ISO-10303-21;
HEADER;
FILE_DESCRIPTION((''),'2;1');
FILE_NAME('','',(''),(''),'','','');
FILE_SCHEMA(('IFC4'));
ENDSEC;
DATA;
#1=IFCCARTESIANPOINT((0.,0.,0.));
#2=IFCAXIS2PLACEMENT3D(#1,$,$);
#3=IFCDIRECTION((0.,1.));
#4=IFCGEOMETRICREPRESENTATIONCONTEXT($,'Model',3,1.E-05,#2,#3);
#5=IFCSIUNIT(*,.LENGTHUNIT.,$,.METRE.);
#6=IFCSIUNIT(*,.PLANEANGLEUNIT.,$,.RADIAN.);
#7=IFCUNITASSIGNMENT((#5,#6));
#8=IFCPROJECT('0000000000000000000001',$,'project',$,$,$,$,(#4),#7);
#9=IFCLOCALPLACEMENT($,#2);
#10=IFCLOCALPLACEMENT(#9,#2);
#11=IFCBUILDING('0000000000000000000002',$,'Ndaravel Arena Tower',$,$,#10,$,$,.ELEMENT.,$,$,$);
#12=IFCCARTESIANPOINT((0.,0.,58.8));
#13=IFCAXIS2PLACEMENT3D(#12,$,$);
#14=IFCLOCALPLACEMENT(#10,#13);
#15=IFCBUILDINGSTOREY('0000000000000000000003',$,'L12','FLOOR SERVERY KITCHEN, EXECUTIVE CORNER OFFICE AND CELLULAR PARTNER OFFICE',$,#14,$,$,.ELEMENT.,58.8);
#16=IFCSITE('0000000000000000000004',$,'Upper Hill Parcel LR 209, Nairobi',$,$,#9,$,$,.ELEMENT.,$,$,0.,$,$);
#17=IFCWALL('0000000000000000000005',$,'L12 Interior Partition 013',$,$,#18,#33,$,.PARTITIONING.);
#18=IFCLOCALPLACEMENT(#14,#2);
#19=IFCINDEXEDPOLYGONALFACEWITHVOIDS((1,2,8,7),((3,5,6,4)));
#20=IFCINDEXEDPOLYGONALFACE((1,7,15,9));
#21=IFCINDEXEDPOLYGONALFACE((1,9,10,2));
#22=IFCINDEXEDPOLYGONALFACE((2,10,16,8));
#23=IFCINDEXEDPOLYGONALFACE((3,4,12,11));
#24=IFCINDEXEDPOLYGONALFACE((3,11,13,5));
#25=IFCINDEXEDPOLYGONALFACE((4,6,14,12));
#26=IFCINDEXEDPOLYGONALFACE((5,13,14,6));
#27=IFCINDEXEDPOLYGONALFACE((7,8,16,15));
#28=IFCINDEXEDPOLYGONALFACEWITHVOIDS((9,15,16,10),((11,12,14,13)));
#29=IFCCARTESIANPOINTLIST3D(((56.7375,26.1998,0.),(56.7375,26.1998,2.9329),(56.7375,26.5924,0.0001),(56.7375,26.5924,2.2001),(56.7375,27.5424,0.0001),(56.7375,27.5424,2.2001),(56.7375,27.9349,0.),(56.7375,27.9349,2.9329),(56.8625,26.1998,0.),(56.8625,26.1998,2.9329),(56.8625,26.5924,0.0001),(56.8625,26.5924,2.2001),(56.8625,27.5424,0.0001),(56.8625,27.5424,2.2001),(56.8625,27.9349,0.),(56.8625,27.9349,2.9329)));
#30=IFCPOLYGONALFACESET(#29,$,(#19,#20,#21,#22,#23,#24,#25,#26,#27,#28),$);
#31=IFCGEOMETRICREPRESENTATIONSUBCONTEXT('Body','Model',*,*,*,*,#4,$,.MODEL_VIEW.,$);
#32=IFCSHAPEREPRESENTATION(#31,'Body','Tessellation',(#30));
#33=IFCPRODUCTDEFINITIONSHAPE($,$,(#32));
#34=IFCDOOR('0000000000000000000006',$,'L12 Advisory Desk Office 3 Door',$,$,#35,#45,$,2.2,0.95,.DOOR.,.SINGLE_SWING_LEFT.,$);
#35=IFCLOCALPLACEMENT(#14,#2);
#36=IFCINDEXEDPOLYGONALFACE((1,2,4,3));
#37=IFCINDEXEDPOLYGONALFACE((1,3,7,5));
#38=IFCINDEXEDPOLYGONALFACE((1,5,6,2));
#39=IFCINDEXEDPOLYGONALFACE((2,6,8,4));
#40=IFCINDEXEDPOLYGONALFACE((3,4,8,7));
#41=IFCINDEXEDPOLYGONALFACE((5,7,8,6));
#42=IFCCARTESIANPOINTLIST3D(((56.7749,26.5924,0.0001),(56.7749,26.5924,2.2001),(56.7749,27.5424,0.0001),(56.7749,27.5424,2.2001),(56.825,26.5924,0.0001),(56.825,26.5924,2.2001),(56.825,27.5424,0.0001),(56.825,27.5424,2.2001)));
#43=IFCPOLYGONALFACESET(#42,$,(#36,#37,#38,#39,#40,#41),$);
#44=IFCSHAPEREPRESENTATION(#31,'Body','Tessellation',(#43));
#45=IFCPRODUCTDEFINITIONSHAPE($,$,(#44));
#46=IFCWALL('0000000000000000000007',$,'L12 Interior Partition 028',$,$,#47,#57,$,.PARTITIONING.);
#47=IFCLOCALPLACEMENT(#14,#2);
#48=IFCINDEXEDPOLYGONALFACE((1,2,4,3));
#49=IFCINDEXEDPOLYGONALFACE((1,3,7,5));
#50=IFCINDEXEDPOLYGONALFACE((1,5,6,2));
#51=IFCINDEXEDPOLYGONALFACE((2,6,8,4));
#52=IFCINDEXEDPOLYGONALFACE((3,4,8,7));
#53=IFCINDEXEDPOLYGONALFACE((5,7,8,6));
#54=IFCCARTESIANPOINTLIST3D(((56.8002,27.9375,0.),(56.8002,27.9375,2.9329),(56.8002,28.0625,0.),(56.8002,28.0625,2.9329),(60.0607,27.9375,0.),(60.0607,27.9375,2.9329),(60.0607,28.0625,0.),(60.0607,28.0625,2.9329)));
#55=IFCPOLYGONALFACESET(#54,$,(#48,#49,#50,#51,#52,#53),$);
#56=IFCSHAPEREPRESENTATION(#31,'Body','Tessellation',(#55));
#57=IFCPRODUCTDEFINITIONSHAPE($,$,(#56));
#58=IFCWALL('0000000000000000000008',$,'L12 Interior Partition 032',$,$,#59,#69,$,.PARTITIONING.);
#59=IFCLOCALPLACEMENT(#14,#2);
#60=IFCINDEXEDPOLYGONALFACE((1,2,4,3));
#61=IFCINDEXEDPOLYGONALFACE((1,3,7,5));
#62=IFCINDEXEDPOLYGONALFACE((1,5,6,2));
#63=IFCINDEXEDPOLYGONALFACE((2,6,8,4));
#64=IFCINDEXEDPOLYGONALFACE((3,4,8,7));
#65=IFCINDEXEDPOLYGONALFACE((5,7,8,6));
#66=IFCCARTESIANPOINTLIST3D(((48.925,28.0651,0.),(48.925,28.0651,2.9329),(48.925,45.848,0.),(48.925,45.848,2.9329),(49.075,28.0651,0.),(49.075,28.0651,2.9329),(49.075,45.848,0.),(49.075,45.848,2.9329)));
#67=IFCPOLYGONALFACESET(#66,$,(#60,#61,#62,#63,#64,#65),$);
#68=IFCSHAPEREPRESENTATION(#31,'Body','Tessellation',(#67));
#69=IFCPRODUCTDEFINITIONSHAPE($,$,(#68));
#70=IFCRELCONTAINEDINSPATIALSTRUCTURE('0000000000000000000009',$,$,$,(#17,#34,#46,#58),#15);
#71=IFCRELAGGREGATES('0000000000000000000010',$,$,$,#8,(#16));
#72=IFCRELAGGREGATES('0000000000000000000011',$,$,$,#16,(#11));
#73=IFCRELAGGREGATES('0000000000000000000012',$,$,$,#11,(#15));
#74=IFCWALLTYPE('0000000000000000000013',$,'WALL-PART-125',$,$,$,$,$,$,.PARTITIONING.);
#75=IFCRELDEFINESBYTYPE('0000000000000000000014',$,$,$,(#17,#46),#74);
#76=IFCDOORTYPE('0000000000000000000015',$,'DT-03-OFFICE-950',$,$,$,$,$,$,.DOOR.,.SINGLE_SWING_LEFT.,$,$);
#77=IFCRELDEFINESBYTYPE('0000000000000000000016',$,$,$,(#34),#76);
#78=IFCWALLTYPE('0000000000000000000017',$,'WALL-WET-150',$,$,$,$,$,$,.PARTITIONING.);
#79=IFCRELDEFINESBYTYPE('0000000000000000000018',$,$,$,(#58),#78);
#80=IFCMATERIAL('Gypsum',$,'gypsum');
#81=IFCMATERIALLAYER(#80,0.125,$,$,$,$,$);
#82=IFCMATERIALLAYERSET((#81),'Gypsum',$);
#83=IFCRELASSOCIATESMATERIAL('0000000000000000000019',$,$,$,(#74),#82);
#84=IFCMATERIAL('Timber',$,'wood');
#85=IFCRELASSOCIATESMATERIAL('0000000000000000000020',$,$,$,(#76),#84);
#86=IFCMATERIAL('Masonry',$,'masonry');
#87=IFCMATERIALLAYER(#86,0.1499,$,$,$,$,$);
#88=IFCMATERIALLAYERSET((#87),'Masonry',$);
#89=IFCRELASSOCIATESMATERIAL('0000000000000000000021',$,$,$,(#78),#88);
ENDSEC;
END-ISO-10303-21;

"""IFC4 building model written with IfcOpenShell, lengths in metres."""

from ifc_helpers import new_model, si_unit, direction, frame, frame_2d, origin, place, context, subcontext, project, spatial, rectangle, extrude, material, layer, layer_set, type_object, element, fill, save


model = new_model("IFC4")

# Units and contexts
model_context = context("Model", 3, precision=1e-05, world=origin(), true_north=direction((0.0, 1.0)))
body_context = subcontext(model_context, "Body", "Model", "MODEL_VIEW")
ifc_project = project(units=[si_unit("LENGTHUNIT", "METRE"), si_unit("PLANEANGLEUNIT", "RADIAN")], contexts=[model_context])

# Site, building, storey
site_placement = place(None, origin())
site = spatial("IfcSite", under=ifc_project, at=site_placement, Name="Upper Hill Parcel LR 209, Nairobi", CompositionType="ELEMENT", RefElevation=0.0)
building_placement = place(site_placement, origin())
building = spatial("IfcBuilding", under=site, at=building_placement, Name="Ndaravel Arena Tower", CompositionType="ELEMENT")
storey_placement = place(building_placement, frame((0.0, 0.0, 58.8)))
storey = spatial("IfcBuildingStorey", under=building, at=storey_placement, Name="L12", Description="FLOOR SERVERY KITCHEN, EXECUTIVE CORNER OFFICE AND CELLULAR PARTNER OFFICE", CompositionType="ELEMENT", Elevation=58.8)

# Wall, opening, door
ifc_material_1 = material(Name="Gypsum", Category="gypsum")
ifc_layer_1 = layer(ifc_material_1, 0.125)
ifc_layer_set_1 = layer_set([ifc_layer_1], Name="Gypsum")
wall_type_1 = type_object("IfcWallType", Name="WALL-PART-125", PredefinedType="PARTITIONING", material=ifc_layer_set_1)
ifc_material_2 = material(Name="Timber", Category="wood")
door_type = type_object("IfcDoorType", Name="DT-03-OFFICE-950", OperationType="SINGLE_SWING_LEFT", PredefinedType="DOOR", material=ifc_material_2)
wall_1_placement = place(storey_placement, frame((56.8, 27.9351, 0.0), z_axis=(0.0, 0.0, 1.0), x_axis=(0.0, -1.0, 0.0)))
wall_1 = element("IfcWall", 1, at=wall_1_placement, inside=storey, type_object=wall_type_1, Name="L12 Interior Partition 013", PredefinedType="PARTITIONING", context=body_context, shape_type="SweptSolid", body=[
    extrude(rectangle(XDim=1.7351, YDim=0.125, at=frame_2d((0.8677, 0.0))), origin(), (0.0, 0.0, 1.0), 2.9329),
])
opening_1_placement = place(wall_1_placement, frame((0.3926, 0.0, 0.0)))
opening_1 = element("IfcOpeningElement", 2, at=opening_1_placement, cuts=wall_1, PredefinedType="OPENING", context=body_context, shape_type="SweptSolid", body=[
    extrude(rectangle(XDim=0.95, YDim=2.2, at=frame_2d((0.4751, 1.1001))), frame((0.0, 0.0625, 0.0), z_axis=(0.0, -1.0, 0.0), x_axis=(1.0, 0.0, 0.0)), (0.0, 0.0, 1.0), 0.125),
])
door_1_placement = place(opening_1_placement, origin())
door_1 = element("IfcDoor", 3, at=door_1_placement, inside=storey, type_object=door_type, Name="L12 Advisory Desk Office 3 Door", OperationType="SINGLE_SWING_LEFT", OverallHeight=2.2, OverallWidth=0.95, PredefinedType="DOOR", context=body_context, shape_type="SweptSolid", body=[
    extrude(rectangle(XDim=0.95, YDim=2.2, at=frame_2d((0.4751, 1.1001))), frame((0.0, 0.0249, 0.0), z_axis=(0.0, -1.0, 0.0), x_axis=(1.0, 0.0, 0.0)), (0.0, 0.0, 1.0), 0.05),
])
fill(opening_1, door_1)

# Walls
wall_2_placement = place(storey_placement, frame((56.8, 28.0, 0.0), z_axis=(0.0, 0.0, 1.0), x_axis=(1.0, 0.0, 0.0)))
element("IfcWall", 4, at=wall_2_placement, inside=storey, type_object=wall_type_1, Name="L12 Interior Partition 028", PredefinedType="PARTITIONING", context=body_context, shape_type="SweptSolid", body=[
    extrude(rectangle(XDim=3.2605, YDim=0.125, at=frame_2d((1.6304, 0.0))), origin(), (0.0, 0.0, 1.0), 2.9329),
])
ifc_material_3 = material(Name="Masonry", Category="masonry")
ifc_layer_2 = layer(ifc_material_3, 0.1499)
ifc_layer_set_2 = layer_set([ifc_layer_2], Name="Masonry")
wall_type_2 = type_object("IfcWallType", Name="WALL-WET-150", PredefinedType="PARTITIONING", material=ifc_layer_set_2)
wall_3_placement = place(storey_placement, frame((49.0, 28.0649, 0.0), z_axis=(0.0, 0.0, 1.0), x_axis=(0.0, 1.0, 0.0)))
element("IfcWall", 5, at=wall_3_placement, inside=storey, type_object=wall_type_2, Name="L12 Interior Partition 032", PredefinedType="PARTITIONING", context=body_context, shape_type="SweptSolid", body=[
    extrude(rectangle(XDim=17.783, YDim=0.1499, at=frame_2d((8.8916, 0.0))), origin(), (0.0, 0.0, 1.0), 2.9329),
])

save(model, "model.ifc")
